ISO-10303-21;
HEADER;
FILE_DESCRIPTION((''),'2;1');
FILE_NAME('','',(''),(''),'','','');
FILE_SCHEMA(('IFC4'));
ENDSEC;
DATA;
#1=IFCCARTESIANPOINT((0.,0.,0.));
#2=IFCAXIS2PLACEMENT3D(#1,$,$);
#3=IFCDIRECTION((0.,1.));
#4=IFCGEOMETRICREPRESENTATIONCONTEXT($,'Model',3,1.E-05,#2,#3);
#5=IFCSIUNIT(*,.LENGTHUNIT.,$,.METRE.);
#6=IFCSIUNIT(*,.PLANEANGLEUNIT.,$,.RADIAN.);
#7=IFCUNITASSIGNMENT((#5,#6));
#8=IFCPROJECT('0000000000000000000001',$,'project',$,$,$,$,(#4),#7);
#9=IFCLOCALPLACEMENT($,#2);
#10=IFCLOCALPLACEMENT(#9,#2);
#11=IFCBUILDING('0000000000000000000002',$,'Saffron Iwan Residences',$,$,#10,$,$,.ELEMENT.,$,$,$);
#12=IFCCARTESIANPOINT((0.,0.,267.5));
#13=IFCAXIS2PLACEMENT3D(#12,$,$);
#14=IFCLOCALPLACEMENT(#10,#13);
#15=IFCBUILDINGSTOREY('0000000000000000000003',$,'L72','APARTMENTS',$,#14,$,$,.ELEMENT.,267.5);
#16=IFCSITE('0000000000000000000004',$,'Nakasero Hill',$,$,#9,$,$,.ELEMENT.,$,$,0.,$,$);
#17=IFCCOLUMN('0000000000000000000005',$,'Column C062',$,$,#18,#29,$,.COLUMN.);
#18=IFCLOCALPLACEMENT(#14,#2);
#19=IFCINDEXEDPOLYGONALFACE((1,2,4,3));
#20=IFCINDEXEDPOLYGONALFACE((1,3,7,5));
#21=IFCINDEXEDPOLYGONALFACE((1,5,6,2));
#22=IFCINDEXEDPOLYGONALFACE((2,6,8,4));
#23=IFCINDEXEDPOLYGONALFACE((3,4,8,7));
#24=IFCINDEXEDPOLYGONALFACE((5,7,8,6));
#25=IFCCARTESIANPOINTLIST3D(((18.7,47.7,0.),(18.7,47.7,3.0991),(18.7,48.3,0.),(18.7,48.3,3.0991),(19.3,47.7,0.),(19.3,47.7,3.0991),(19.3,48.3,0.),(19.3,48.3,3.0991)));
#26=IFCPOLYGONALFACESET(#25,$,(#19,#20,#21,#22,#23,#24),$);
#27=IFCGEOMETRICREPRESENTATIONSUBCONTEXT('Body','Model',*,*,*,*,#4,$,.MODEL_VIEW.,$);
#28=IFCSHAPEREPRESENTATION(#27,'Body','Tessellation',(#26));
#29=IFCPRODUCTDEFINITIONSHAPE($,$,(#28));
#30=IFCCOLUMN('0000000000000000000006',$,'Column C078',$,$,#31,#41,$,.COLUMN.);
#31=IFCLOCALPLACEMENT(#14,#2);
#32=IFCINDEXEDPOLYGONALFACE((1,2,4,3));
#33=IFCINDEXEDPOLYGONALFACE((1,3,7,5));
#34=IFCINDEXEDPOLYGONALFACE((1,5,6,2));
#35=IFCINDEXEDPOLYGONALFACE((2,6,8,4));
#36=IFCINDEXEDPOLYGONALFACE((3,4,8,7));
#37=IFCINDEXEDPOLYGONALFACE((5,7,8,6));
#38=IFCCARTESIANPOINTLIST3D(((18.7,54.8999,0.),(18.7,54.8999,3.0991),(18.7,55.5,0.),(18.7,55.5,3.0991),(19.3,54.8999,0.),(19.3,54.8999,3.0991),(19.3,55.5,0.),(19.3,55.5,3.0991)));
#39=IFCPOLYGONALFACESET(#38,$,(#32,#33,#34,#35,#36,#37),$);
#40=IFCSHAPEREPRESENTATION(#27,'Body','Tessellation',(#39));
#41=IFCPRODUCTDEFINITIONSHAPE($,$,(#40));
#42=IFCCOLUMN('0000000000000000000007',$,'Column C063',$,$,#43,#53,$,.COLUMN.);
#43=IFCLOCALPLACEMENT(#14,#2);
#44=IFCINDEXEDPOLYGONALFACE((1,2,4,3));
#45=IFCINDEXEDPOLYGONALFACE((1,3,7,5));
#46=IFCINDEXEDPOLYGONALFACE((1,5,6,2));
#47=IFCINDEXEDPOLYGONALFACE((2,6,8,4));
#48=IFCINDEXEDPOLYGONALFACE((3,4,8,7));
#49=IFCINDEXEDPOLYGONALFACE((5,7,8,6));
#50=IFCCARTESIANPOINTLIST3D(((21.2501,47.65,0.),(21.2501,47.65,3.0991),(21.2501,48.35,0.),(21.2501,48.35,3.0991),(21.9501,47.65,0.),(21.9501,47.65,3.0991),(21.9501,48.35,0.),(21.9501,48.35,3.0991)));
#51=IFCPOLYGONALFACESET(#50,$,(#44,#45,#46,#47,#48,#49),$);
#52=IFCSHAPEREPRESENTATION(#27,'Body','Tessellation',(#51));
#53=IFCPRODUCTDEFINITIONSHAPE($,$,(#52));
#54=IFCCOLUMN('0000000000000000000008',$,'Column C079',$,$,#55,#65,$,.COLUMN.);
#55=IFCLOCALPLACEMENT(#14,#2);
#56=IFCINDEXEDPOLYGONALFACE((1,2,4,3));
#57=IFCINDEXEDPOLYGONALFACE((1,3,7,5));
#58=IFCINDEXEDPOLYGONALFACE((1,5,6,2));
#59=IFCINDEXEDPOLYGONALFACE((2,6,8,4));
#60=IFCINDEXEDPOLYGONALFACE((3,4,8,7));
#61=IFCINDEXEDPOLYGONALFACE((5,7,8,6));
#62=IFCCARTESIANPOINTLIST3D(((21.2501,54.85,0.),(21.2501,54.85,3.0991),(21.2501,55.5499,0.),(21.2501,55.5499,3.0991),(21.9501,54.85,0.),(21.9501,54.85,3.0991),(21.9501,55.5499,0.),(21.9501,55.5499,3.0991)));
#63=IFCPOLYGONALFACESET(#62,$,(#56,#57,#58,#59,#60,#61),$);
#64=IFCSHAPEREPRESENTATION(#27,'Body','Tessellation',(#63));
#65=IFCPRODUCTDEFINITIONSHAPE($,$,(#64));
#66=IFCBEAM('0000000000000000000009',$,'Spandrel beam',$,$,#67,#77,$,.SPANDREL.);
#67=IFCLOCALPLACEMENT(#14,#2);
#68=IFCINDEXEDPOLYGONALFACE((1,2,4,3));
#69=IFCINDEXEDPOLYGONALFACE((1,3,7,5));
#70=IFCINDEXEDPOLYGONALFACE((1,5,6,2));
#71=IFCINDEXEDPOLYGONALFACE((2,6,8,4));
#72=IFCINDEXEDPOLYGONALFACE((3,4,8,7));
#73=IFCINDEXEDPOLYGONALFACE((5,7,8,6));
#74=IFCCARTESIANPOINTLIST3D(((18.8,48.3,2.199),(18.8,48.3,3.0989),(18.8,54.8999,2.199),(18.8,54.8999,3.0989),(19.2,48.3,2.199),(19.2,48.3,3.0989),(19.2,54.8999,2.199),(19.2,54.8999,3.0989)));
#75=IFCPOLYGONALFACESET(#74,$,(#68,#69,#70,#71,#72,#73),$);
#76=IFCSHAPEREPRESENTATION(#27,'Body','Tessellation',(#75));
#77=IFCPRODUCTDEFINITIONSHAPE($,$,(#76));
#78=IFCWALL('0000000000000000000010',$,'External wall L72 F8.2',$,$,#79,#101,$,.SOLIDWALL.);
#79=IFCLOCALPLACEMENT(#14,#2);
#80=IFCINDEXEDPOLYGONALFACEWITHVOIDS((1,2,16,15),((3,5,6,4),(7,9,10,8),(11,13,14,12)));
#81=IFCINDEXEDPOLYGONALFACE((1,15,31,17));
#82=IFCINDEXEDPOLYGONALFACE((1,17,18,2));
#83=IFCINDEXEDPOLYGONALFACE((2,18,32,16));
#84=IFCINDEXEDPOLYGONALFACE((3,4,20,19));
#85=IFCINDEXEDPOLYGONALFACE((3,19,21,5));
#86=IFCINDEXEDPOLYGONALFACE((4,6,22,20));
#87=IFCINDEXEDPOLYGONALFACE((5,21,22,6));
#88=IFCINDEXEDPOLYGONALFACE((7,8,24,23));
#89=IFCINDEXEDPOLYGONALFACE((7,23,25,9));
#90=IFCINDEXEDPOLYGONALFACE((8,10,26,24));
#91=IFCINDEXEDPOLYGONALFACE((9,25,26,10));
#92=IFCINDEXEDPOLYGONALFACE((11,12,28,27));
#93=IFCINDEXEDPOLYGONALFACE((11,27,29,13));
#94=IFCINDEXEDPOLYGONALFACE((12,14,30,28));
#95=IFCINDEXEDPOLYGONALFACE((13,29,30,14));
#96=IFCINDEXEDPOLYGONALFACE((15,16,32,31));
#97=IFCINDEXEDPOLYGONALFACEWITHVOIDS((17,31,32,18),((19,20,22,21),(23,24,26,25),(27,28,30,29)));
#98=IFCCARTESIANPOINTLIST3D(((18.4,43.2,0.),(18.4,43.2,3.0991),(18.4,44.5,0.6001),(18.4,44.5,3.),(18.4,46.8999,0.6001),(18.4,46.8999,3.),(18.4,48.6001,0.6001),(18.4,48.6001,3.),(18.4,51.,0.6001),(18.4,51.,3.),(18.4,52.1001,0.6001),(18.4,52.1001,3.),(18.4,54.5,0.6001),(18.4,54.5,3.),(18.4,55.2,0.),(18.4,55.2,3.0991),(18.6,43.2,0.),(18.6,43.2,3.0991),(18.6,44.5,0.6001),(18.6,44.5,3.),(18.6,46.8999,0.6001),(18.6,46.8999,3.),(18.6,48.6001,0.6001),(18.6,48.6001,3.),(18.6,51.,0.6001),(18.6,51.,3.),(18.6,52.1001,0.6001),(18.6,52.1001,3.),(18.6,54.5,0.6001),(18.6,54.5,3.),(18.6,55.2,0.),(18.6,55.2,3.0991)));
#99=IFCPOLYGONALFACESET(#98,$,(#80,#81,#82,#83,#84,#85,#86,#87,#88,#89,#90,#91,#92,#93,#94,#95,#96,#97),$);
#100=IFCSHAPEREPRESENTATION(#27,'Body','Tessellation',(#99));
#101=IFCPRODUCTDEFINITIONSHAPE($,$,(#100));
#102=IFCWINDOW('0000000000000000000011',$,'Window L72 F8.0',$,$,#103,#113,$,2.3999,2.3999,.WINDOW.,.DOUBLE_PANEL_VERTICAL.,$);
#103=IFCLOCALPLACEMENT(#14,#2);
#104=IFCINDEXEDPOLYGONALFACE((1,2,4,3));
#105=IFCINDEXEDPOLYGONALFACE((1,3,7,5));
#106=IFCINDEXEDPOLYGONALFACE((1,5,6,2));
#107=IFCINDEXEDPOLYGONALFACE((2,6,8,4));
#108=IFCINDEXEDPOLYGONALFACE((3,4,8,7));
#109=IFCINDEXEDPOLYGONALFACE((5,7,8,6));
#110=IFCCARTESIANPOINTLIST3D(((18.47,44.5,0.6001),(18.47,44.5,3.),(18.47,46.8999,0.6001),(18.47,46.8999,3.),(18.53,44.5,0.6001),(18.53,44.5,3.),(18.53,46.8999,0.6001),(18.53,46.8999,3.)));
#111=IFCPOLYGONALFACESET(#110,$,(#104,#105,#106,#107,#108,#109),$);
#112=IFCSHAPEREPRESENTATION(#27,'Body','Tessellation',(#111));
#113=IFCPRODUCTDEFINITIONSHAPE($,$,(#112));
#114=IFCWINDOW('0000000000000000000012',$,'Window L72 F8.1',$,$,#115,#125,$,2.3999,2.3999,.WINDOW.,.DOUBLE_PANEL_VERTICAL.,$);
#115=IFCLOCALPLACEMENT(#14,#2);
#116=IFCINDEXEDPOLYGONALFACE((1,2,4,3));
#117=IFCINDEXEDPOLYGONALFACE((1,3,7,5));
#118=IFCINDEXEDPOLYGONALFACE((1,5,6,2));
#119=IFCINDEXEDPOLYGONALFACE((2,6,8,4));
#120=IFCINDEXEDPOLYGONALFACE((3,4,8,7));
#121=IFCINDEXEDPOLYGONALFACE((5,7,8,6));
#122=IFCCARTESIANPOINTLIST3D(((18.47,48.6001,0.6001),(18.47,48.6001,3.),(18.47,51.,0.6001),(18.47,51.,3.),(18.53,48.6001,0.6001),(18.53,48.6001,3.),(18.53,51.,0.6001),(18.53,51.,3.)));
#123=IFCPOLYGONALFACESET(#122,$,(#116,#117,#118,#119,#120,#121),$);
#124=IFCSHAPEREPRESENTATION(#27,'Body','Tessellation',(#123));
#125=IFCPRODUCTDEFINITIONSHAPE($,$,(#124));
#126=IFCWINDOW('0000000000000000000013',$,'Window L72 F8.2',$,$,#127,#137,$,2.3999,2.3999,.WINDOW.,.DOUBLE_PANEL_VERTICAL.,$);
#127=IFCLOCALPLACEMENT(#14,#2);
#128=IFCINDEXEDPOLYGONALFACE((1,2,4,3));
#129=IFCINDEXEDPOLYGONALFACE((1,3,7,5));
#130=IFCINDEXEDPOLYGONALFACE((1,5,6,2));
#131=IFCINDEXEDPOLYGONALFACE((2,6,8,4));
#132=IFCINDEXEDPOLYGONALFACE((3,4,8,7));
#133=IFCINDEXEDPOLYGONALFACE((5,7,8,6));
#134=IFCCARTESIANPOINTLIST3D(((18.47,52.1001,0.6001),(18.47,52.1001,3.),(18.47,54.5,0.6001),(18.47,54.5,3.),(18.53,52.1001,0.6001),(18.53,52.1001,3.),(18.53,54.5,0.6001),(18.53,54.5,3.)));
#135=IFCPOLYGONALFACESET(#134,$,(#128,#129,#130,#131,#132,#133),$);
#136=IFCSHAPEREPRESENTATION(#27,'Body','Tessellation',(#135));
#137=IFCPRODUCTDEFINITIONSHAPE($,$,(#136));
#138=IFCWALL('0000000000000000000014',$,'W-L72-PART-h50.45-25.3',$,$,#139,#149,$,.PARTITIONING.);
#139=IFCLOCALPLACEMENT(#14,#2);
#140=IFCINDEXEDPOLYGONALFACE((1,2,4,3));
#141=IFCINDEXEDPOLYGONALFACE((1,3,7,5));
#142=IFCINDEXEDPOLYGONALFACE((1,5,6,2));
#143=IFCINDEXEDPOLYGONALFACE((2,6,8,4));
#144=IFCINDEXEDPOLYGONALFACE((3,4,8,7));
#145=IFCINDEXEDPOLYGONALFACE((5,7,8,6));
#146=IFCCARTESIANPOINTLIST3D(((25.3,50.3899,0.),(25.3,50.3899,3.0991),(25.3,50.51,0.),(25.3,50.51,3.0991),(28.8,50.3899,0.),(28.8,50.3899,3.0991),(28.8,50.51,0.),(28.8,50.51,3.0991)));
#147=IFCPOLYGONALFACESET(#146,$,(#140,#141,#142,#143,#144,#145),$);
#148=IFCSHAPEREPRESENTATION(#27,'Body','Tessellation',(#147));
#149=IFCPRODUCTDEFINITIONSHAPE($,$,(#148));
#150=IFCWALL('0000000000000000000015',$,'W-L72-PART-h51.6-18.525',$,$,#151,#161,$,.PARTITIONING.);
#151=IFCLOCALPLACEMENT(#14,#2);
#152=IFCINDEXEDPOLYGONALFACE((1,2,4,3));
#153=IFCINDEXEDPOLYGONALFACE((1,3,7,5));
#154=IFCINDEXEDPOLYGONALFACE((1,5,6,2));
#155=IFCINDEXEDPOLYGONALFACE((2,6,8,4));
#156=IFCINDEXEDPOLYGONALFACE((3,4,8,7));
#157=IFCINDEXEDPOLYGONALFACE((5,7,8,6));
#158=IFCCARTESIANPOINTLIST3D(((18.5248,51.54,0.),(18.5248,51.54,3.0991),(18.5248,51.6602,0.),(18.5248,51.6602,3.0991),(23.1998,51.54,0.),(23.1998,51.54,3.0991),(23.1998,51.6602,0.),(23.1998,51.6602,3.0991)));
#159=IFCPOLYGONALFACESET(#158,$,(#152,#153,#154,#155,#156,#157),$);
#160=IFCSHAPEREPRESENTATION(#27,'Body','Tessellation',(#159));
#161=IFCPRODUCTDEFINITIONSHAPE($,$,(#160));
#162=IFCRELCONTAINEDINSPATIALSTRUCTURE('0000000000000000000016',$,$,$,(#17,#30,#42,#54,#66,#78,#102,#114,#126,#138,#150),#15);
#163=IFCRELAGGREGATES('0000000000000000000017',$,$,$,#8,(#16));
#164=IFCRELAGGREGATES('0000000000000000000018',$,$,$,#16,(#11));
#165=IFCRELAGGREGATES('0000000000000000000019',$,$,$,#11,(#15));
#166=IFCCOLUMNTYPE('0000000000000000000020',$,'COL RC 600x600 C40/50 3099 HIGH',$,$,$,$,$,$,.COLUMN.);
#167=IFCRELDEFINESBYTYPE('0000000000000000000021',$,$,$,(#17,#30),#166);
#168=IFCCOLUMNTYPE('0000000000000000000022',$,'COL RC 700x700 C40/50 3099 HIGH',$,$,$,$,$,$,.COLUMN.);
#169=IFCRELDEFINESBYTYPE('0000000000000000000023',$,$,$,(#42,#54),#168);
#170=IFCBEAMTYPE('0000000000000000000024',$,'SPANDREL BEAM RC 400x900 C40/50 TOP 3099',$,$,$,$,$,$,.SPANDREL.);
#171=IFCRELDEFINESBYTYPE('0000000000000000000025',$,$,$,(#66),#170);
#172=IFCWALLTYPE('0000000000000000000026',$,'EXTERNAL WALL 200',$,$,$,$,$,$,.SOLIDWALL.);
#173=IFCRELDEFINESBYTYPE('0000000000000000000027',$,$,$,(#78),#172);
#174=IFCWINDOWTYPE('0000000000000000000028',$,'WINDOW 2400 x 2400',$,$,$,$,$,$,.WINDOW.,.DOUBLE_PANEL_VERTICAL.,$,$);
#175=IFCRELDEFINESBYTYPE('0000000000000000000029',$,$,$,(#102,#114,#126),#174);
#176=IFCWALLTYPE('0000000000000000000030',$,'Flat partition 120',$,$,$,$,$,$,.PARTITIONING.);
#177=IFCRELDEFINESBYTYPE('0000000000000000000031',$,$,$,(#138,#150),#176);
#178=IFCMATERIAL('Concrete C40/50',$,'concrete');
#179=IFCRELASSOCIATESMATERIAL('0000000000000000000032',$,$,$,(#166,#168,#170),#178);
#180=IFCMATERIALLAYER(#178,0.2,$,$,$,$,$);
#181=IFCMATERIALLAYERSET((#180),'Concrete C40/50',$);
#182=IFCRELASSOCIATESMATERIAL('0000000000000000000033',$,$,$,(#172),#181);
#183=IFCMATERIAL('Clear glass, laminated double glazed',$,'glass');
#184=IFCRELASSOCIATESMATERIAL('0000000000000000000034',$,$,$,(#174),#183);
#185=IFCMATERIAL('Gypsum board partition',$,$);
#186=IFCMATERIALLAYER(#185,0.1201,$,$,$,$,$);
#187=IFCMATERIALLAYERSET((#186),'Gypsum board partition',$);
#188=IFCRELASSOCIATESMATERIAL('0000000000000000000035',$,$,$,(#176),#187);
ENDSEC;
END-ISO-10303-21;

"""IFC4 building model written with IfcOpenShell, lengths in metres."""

from ifc_helpers import new_model, si_unit, direction, frame, frame_2d, origin, origin_2d, place, context, subcontext, project, spatial, rectangle, extrude, source, transform, mapped, material, layer, layer_set, material_profile, profile_set, type_object, element, fill, save


model = new_model("IFC4")

# Units and contexts
model_context = context("Model", 3, precision=1e-05, world=origin(), true_north=direction((0.0, 1.0)))
body_context = subcontext(model_context, "Body", "Model", "MODEL_VIEW")
ifc_project = project(units=[si_unit("LENGTHUNIT", "METRE"), si_unit("PLANEANGLEUNIT", "RADIAN")], contexts=[model_context])

# Site, building, storey
site_placement = place(None, origin())
site = spatial("IfcSite", under=ifc_project, at=site_placement, Name="Nakasero Hill", CompositionType="ELEMENT", RefElevation=0.0)
building_placement = place(site_placement, origin())
building = spatial("IfcBuilding", under=site, at=building_placement, Name="Saffron Iwan Residences", CompositionType="ELEMENT")
storey_placement = place(building_placement, frame((0.0, 0.0, 267.5)))
storey = spatial("IfcBuildingStorey", under=building, at=storey_placement, Name="L72", Description="APARTMENTS", CompositionType="ELEMENT", Elevation=267.5)

# Columns
ifc_material_1 = material(Name="Concrete C40/50", Category="concrete")
ifc_material_profile_1 = material_profile(ifc_material_1, rectangle(XDim=0.6001, YDim=0.6001, at=origin_2d()), Name="RC 600x600")
ifc_profile_set_1 = profile_set([ifc_material_profile_1], Name="Concrete C40/50")
column_type_1 = type_object("IfcColumnType", Name="COL RC 600x600 C40/50 3099 HIGH", PredefinedType="COLUMN", material=ifc_profile_set_1)
shared_shape_1 = source(origin(), body_context, "Body", "SweptSolid", [
    extrude(rectangle(XDim=0.6001, YDim=0.6001, at=origin_2d()), origin(), (0.0, 0.0, 1.0), 3.0991),
])
for number, where, z_axis, x_axis, name in (
    (1, (19.0, 48.0, 0.0), (0.0, 0.0, 1.0), (1.0, 0.0, 0.0), "Column C062"),
    (2, (19.0, 55.2, 0.0), (0.0, 0.0, 1.0), (1.0, 0.0, 0.0), "Column C078"),
):
    element("IfcColumn", number, at=place(storey_placement, frame(where, z_axis=z_axis, x_axis=x_axis)), inside=storey, type_object=column_type_1, Name=name, PredefinedType="COLUMN", context=body_context, shape_type="MappedRepresentation", body=[
        mapped(shared_shape_1, transform((0.0, 0.0, 0.0))),
    ])
ifc_material_profile_2 = material_profile(ifc_material_1, rectangle(XDim=0.7, YDim=0.7, at=origin_2d()), Name="RC 700x700")
ifc_profile_set_2 = profile_set([ifc_material_profile_2], Name="Concrete C40/50")
column_type_2 = type_object("IfcColumnType", Name="COL RC 700x700 C40/50 3099 HIGH", PredefinedType="COLUMN", material=ifc_profile_set_2)
shared_shape_2 = source(origin(), body_context, "Body", "SweptSolid", [
    extrude(rectangle(XDim=0.7, YDim=0.7, at=origin_2d()), origin(), (0.0, 0.0, 1.0), 3.0991),
])
for number, where, z_axis, x_axis, name in (
    (3, (21.6001, 48.0, 0.0), (0.0, 0.0, 1.0), (1.0, 0.0, 0.0), "Column C063"),
    (4, (21.6001, 55.2, 0.0), (0.0, 0.0, 1.0), (1.0, 0.0, 0.0), "Column C079"),
):
    element("IfcColumn", number, at=place(storey_placement, frame(where, z_axis=z_axis, x_axis=x_axis)), inside=storey, type_object=column_type_2, Name=name, PredefinedType="COLUMN", context=body_context, shape_type="MappedRepresentation", body=[
        mapped(shared_shape_2, transform((0.0, 0.0, 0.0))),
    ])

# Beam
ifc_material_profile_3 = material_profile(ifc_material_1, rectangle(XDim=0.3999, YDim=0.8999, at=origin_2d()), Name="RC 400x900")
ifc_profile_set_3 = profile_set([ifc_material_profile_3], Name="Concrete C40/50")
beam_type = type_object("IfcBeamType", Name="SPANDREL BEAM RC 400x900 C40/50 TOP 3099", PredefinedType="SPANDREL", material=ifc_profile_set_3)
shared_shape_3 = source(origin(), body_context, "Body", "SweptSolid", [
    extrude(rectangle(XDim=0.3999, YDim=0.8999, at=origin_2d()), origin(), (0.0, 0.0, 1.0), 6.5999),
])
beam_placement = place(storey_placement, frame((19.0, 48.3, 2.6489), z_axis=(0.0, 1.0, 0.0), x_axis=(-1.0, 0.0, 0.0)))
element("IfcBeam", 5, at=beam_placement, inside=storey, type_object=beam_type, Name="Spandrel beam", PredefinedType="SPANDREL", context=body_context, shape_type="MappedRepresentation", body=[
    mapped(shared_shape_3, transform((0.0, 0.0, 0.0))),
])

# Wall, openings, windows
ifc_layer_1 = layer(ifc_material_1, 0.2)
ifc_layer_set_1 = layer_set([ifc_layer_1], Name="Concrete C40/50")
wall_type_1 = type_object("IfcWallType", Name="EXTERNAL WALL 200", PredefinedType="SOLIDWALL", material=ifc_layer_set_1)
wall_1_placement = place(storey_placement, frame((18.5, 55.2, 0.0), z_axis=(0.0, 0.0, 1.0), x_axis=(0.0, -1.0, 0.0)))
wall_1 = element("IfcWall", 6, at=wall_1_placement, inside=storey, type_object=wall_type_1, Name="External wall L72 F8.2", PredefinedType="SOLIDWALL", context=body_context, shape_type="SweptSolid", body=[
    extrude(rectangle(XDim=12.0, YDim=0.2, at=frame_2d((6.0, 0.0))), origin(), (0.0, 0.0, 1.0), 3.0991),
])
opening_1_placement = place(wall_1_placement, frame((8.3, 0.0, 0.6001)))
opening_1 = element("IfcOpeningElement", 7, at=opening_1_placement, cuts=wall_1, PredefinedType="OPENING", context=body_context, shape_type="SweptSolid", body=[
    extrude(rectangle(XDim=2.3999, YDim=2.3999, at=frame_2d((1.2, 1.2))), frame((0.0, 0.1099, 0.0), z_axis=(0.0, -1.0, 0.0), x_axis=(1.0, 0.0, 0.0)), (0.0, 0.0, 1.0), 0.22),
])
opening_2_placement = place(wall_1_placement, frame((4.2, 0.0, 0.6001)))
opening_2 = element("IfcOpeningElement", 8, at=opening_2_placement, cuts=wall_1, PredefinedType="OPENING", context=body_context, shape_type="SweptSolid", body=[
    extrude(rectangle(XDim=2.3999, YDim=2.3999, at=frame_2d((1.2, 1.2))), frame((0.0, 0.1099, 0.0), z_axis=(0.0, -1.0, 0.0), x_axis=(1.0, 0.0, 0.0)), (0.0, 0.0, 1.0), 0.22),
])
opening_3_placement = place(wall_1_placement, frame((0.7, 0.0, 0.6001)))
opening_3 = element("IfcOpeningElement", 9, at=opening_3_placement, cuts=wall_1, PredefinedType="OPENING", context=body_context, shape_type="SweptSolid", body=[
    extrude(rectangle(XDim=2.3999, YDim=2.3999, at=frame_2d((1.2, 1.2))), frame((0.0, 0.1099, 0.0), z_axis=(0.0, -1.0, 0.0), x_axis=(1.0, 0.0, 0.0)), (0.0, 0.0, 1.0), 0.22),
])
ifc_material_2 = material(Name="Clear glass, laminated double glazed", Category="glass")
window_type = type_object("IfcWindowType", Name="WINDOW 2400 x 2400", PartitioningType="DOUBLE_PANEL_VERTICAL", PredefinedType="WINDOW", material=ifc_material_2)
window_1_placement = place(opening_1_placement, origin())
window_1 = element("IfcWindow", 10, at=window_1_placement, inside=storey, type_object=window_type, Name="Window L72 F8.0", OverallHeight=2.3999, OverallWidth=2.3999, PartitioningType="DOUBLE_PANEL_VERTICAL", PredefinedType="WINDOW", context=body_context, shape_type="SweptSolid", body=[
    extrude(rectangle(XDim=2.3999, YDim=2.3999, at=frame_2d((1.2, 1.2))), frame((0.0, 0.03, 0.0), z_axis=(0.0, -1.0, 0.0), x_axis=(1.0, 0.0, 0.0)), (0.0, 0.0, 1.0), 0.0601),
])
fill(opening_1, window_1)
window_2_placement = place(opening_2_placement, origin())
window_2 = element("IfcWindow", 11, at=window_2_placement, inside=storey, type_object=window_type, Name="Window L72 F8.1", OverallHeight=2.3999, OverallWidth=2.3999, PartitioningType="DOUBLE_PANEL_VERTICAL", PredefinedType="WINDOW", context=body_context, shape_type="SweptSolid", body=[
    extrude(rectangle(XDim=2.3999, YDim=2.3999, at=frame_2d((1.2, 1.2))), frame((0.0, 0.03, 0.0), z_axis=(0.0, -1.0, 0.0), x_axis=(1.0, 0.0, 0.0)), (0.0, 0.0, 1.0), 0.0601),
])
fill(opening_2, window_2)
window_3_placement = place(opening_3_placement, origin())
window_3 = element("IfcWindow", 12, at=window_3_placement, inside=storey, type_object=window_type, Name="Window L72 F8.2", OverallHeight=2.3999, OverallWidth=2.3999, PartitioningType="DOUBLE_PANEL_VERTICAL", PredefinedType="WINDOW", context=body_context, shape_type="SweptSolid", body=[
    extrude(rectangle(XDim=2.3999, YDim=2.3999, at=frame_2d((1.2, 1.2))), frame((0.0, 0.03, 0.0), z_axis=(0.0, -1.0, 0.0), x_axis=(1.0, 0.0, 0.0)), (0.0, 0.0, 1.0), 0.0601),
])
fill(opening_3, window_3)

# Walls
ifc_material_3 = material(Name="Gypsum board partition")
ifc_layer_2 = layer(ifc_material_3, 0.1201)
ifc_layer_set_2 = layer_set([ifc_layer_2], Name="Gypsum board partition")
wall_type_2 = type_object("IfcWallType", Name="Flat partition 120", PredefinedType="PARTITIONING", material=ifc_layer_set_2)
wall_2_placement = place(storey_placement, frame((25.3, 50.45, 0.0), z_axis=(0.0, 0.0, 1.0), x_axis=(1.0, 0.0, 0.0)))
element("IfcWall", 13, at=wall_2_placement, inside=storey, type_object=wall_type_2, Name="W-L72-PART-h50.45-25.3", PredefinedType="PARTITIONING", context=body_context, shape_type="SweptSolid", body=[
    extrude(rectangle(XDim=3.5, YDim=0.1201, at=frame_2d((1.75, 0.0))), origin(), (0.0, 0.0, 1.0), 3.0991),
])
wall_3_placement = place(storey_placement, frame((18.5249, 51.6001, 0.0), z_axis=(0.0, 0.0, 1.0), x_axis=(1.0, 0.0, 0.0)))
element("IfcWall", 14, at=wall_3_placement, inside=storey, type_object=wall_type_2, Name="W-L72-PART-h51.6-18.525", PredefinedType="PARTITIONING", context=body_context, shape_type="SweptSolid", body=[
    extrude(rectangle(XDim=4.675, YDim=0.1201, at=frame_2d((2.3374, 0.0))), origin(), (0.0, 0.0, 1.0), 3.0991),
])

save(model, "model.ifc")
